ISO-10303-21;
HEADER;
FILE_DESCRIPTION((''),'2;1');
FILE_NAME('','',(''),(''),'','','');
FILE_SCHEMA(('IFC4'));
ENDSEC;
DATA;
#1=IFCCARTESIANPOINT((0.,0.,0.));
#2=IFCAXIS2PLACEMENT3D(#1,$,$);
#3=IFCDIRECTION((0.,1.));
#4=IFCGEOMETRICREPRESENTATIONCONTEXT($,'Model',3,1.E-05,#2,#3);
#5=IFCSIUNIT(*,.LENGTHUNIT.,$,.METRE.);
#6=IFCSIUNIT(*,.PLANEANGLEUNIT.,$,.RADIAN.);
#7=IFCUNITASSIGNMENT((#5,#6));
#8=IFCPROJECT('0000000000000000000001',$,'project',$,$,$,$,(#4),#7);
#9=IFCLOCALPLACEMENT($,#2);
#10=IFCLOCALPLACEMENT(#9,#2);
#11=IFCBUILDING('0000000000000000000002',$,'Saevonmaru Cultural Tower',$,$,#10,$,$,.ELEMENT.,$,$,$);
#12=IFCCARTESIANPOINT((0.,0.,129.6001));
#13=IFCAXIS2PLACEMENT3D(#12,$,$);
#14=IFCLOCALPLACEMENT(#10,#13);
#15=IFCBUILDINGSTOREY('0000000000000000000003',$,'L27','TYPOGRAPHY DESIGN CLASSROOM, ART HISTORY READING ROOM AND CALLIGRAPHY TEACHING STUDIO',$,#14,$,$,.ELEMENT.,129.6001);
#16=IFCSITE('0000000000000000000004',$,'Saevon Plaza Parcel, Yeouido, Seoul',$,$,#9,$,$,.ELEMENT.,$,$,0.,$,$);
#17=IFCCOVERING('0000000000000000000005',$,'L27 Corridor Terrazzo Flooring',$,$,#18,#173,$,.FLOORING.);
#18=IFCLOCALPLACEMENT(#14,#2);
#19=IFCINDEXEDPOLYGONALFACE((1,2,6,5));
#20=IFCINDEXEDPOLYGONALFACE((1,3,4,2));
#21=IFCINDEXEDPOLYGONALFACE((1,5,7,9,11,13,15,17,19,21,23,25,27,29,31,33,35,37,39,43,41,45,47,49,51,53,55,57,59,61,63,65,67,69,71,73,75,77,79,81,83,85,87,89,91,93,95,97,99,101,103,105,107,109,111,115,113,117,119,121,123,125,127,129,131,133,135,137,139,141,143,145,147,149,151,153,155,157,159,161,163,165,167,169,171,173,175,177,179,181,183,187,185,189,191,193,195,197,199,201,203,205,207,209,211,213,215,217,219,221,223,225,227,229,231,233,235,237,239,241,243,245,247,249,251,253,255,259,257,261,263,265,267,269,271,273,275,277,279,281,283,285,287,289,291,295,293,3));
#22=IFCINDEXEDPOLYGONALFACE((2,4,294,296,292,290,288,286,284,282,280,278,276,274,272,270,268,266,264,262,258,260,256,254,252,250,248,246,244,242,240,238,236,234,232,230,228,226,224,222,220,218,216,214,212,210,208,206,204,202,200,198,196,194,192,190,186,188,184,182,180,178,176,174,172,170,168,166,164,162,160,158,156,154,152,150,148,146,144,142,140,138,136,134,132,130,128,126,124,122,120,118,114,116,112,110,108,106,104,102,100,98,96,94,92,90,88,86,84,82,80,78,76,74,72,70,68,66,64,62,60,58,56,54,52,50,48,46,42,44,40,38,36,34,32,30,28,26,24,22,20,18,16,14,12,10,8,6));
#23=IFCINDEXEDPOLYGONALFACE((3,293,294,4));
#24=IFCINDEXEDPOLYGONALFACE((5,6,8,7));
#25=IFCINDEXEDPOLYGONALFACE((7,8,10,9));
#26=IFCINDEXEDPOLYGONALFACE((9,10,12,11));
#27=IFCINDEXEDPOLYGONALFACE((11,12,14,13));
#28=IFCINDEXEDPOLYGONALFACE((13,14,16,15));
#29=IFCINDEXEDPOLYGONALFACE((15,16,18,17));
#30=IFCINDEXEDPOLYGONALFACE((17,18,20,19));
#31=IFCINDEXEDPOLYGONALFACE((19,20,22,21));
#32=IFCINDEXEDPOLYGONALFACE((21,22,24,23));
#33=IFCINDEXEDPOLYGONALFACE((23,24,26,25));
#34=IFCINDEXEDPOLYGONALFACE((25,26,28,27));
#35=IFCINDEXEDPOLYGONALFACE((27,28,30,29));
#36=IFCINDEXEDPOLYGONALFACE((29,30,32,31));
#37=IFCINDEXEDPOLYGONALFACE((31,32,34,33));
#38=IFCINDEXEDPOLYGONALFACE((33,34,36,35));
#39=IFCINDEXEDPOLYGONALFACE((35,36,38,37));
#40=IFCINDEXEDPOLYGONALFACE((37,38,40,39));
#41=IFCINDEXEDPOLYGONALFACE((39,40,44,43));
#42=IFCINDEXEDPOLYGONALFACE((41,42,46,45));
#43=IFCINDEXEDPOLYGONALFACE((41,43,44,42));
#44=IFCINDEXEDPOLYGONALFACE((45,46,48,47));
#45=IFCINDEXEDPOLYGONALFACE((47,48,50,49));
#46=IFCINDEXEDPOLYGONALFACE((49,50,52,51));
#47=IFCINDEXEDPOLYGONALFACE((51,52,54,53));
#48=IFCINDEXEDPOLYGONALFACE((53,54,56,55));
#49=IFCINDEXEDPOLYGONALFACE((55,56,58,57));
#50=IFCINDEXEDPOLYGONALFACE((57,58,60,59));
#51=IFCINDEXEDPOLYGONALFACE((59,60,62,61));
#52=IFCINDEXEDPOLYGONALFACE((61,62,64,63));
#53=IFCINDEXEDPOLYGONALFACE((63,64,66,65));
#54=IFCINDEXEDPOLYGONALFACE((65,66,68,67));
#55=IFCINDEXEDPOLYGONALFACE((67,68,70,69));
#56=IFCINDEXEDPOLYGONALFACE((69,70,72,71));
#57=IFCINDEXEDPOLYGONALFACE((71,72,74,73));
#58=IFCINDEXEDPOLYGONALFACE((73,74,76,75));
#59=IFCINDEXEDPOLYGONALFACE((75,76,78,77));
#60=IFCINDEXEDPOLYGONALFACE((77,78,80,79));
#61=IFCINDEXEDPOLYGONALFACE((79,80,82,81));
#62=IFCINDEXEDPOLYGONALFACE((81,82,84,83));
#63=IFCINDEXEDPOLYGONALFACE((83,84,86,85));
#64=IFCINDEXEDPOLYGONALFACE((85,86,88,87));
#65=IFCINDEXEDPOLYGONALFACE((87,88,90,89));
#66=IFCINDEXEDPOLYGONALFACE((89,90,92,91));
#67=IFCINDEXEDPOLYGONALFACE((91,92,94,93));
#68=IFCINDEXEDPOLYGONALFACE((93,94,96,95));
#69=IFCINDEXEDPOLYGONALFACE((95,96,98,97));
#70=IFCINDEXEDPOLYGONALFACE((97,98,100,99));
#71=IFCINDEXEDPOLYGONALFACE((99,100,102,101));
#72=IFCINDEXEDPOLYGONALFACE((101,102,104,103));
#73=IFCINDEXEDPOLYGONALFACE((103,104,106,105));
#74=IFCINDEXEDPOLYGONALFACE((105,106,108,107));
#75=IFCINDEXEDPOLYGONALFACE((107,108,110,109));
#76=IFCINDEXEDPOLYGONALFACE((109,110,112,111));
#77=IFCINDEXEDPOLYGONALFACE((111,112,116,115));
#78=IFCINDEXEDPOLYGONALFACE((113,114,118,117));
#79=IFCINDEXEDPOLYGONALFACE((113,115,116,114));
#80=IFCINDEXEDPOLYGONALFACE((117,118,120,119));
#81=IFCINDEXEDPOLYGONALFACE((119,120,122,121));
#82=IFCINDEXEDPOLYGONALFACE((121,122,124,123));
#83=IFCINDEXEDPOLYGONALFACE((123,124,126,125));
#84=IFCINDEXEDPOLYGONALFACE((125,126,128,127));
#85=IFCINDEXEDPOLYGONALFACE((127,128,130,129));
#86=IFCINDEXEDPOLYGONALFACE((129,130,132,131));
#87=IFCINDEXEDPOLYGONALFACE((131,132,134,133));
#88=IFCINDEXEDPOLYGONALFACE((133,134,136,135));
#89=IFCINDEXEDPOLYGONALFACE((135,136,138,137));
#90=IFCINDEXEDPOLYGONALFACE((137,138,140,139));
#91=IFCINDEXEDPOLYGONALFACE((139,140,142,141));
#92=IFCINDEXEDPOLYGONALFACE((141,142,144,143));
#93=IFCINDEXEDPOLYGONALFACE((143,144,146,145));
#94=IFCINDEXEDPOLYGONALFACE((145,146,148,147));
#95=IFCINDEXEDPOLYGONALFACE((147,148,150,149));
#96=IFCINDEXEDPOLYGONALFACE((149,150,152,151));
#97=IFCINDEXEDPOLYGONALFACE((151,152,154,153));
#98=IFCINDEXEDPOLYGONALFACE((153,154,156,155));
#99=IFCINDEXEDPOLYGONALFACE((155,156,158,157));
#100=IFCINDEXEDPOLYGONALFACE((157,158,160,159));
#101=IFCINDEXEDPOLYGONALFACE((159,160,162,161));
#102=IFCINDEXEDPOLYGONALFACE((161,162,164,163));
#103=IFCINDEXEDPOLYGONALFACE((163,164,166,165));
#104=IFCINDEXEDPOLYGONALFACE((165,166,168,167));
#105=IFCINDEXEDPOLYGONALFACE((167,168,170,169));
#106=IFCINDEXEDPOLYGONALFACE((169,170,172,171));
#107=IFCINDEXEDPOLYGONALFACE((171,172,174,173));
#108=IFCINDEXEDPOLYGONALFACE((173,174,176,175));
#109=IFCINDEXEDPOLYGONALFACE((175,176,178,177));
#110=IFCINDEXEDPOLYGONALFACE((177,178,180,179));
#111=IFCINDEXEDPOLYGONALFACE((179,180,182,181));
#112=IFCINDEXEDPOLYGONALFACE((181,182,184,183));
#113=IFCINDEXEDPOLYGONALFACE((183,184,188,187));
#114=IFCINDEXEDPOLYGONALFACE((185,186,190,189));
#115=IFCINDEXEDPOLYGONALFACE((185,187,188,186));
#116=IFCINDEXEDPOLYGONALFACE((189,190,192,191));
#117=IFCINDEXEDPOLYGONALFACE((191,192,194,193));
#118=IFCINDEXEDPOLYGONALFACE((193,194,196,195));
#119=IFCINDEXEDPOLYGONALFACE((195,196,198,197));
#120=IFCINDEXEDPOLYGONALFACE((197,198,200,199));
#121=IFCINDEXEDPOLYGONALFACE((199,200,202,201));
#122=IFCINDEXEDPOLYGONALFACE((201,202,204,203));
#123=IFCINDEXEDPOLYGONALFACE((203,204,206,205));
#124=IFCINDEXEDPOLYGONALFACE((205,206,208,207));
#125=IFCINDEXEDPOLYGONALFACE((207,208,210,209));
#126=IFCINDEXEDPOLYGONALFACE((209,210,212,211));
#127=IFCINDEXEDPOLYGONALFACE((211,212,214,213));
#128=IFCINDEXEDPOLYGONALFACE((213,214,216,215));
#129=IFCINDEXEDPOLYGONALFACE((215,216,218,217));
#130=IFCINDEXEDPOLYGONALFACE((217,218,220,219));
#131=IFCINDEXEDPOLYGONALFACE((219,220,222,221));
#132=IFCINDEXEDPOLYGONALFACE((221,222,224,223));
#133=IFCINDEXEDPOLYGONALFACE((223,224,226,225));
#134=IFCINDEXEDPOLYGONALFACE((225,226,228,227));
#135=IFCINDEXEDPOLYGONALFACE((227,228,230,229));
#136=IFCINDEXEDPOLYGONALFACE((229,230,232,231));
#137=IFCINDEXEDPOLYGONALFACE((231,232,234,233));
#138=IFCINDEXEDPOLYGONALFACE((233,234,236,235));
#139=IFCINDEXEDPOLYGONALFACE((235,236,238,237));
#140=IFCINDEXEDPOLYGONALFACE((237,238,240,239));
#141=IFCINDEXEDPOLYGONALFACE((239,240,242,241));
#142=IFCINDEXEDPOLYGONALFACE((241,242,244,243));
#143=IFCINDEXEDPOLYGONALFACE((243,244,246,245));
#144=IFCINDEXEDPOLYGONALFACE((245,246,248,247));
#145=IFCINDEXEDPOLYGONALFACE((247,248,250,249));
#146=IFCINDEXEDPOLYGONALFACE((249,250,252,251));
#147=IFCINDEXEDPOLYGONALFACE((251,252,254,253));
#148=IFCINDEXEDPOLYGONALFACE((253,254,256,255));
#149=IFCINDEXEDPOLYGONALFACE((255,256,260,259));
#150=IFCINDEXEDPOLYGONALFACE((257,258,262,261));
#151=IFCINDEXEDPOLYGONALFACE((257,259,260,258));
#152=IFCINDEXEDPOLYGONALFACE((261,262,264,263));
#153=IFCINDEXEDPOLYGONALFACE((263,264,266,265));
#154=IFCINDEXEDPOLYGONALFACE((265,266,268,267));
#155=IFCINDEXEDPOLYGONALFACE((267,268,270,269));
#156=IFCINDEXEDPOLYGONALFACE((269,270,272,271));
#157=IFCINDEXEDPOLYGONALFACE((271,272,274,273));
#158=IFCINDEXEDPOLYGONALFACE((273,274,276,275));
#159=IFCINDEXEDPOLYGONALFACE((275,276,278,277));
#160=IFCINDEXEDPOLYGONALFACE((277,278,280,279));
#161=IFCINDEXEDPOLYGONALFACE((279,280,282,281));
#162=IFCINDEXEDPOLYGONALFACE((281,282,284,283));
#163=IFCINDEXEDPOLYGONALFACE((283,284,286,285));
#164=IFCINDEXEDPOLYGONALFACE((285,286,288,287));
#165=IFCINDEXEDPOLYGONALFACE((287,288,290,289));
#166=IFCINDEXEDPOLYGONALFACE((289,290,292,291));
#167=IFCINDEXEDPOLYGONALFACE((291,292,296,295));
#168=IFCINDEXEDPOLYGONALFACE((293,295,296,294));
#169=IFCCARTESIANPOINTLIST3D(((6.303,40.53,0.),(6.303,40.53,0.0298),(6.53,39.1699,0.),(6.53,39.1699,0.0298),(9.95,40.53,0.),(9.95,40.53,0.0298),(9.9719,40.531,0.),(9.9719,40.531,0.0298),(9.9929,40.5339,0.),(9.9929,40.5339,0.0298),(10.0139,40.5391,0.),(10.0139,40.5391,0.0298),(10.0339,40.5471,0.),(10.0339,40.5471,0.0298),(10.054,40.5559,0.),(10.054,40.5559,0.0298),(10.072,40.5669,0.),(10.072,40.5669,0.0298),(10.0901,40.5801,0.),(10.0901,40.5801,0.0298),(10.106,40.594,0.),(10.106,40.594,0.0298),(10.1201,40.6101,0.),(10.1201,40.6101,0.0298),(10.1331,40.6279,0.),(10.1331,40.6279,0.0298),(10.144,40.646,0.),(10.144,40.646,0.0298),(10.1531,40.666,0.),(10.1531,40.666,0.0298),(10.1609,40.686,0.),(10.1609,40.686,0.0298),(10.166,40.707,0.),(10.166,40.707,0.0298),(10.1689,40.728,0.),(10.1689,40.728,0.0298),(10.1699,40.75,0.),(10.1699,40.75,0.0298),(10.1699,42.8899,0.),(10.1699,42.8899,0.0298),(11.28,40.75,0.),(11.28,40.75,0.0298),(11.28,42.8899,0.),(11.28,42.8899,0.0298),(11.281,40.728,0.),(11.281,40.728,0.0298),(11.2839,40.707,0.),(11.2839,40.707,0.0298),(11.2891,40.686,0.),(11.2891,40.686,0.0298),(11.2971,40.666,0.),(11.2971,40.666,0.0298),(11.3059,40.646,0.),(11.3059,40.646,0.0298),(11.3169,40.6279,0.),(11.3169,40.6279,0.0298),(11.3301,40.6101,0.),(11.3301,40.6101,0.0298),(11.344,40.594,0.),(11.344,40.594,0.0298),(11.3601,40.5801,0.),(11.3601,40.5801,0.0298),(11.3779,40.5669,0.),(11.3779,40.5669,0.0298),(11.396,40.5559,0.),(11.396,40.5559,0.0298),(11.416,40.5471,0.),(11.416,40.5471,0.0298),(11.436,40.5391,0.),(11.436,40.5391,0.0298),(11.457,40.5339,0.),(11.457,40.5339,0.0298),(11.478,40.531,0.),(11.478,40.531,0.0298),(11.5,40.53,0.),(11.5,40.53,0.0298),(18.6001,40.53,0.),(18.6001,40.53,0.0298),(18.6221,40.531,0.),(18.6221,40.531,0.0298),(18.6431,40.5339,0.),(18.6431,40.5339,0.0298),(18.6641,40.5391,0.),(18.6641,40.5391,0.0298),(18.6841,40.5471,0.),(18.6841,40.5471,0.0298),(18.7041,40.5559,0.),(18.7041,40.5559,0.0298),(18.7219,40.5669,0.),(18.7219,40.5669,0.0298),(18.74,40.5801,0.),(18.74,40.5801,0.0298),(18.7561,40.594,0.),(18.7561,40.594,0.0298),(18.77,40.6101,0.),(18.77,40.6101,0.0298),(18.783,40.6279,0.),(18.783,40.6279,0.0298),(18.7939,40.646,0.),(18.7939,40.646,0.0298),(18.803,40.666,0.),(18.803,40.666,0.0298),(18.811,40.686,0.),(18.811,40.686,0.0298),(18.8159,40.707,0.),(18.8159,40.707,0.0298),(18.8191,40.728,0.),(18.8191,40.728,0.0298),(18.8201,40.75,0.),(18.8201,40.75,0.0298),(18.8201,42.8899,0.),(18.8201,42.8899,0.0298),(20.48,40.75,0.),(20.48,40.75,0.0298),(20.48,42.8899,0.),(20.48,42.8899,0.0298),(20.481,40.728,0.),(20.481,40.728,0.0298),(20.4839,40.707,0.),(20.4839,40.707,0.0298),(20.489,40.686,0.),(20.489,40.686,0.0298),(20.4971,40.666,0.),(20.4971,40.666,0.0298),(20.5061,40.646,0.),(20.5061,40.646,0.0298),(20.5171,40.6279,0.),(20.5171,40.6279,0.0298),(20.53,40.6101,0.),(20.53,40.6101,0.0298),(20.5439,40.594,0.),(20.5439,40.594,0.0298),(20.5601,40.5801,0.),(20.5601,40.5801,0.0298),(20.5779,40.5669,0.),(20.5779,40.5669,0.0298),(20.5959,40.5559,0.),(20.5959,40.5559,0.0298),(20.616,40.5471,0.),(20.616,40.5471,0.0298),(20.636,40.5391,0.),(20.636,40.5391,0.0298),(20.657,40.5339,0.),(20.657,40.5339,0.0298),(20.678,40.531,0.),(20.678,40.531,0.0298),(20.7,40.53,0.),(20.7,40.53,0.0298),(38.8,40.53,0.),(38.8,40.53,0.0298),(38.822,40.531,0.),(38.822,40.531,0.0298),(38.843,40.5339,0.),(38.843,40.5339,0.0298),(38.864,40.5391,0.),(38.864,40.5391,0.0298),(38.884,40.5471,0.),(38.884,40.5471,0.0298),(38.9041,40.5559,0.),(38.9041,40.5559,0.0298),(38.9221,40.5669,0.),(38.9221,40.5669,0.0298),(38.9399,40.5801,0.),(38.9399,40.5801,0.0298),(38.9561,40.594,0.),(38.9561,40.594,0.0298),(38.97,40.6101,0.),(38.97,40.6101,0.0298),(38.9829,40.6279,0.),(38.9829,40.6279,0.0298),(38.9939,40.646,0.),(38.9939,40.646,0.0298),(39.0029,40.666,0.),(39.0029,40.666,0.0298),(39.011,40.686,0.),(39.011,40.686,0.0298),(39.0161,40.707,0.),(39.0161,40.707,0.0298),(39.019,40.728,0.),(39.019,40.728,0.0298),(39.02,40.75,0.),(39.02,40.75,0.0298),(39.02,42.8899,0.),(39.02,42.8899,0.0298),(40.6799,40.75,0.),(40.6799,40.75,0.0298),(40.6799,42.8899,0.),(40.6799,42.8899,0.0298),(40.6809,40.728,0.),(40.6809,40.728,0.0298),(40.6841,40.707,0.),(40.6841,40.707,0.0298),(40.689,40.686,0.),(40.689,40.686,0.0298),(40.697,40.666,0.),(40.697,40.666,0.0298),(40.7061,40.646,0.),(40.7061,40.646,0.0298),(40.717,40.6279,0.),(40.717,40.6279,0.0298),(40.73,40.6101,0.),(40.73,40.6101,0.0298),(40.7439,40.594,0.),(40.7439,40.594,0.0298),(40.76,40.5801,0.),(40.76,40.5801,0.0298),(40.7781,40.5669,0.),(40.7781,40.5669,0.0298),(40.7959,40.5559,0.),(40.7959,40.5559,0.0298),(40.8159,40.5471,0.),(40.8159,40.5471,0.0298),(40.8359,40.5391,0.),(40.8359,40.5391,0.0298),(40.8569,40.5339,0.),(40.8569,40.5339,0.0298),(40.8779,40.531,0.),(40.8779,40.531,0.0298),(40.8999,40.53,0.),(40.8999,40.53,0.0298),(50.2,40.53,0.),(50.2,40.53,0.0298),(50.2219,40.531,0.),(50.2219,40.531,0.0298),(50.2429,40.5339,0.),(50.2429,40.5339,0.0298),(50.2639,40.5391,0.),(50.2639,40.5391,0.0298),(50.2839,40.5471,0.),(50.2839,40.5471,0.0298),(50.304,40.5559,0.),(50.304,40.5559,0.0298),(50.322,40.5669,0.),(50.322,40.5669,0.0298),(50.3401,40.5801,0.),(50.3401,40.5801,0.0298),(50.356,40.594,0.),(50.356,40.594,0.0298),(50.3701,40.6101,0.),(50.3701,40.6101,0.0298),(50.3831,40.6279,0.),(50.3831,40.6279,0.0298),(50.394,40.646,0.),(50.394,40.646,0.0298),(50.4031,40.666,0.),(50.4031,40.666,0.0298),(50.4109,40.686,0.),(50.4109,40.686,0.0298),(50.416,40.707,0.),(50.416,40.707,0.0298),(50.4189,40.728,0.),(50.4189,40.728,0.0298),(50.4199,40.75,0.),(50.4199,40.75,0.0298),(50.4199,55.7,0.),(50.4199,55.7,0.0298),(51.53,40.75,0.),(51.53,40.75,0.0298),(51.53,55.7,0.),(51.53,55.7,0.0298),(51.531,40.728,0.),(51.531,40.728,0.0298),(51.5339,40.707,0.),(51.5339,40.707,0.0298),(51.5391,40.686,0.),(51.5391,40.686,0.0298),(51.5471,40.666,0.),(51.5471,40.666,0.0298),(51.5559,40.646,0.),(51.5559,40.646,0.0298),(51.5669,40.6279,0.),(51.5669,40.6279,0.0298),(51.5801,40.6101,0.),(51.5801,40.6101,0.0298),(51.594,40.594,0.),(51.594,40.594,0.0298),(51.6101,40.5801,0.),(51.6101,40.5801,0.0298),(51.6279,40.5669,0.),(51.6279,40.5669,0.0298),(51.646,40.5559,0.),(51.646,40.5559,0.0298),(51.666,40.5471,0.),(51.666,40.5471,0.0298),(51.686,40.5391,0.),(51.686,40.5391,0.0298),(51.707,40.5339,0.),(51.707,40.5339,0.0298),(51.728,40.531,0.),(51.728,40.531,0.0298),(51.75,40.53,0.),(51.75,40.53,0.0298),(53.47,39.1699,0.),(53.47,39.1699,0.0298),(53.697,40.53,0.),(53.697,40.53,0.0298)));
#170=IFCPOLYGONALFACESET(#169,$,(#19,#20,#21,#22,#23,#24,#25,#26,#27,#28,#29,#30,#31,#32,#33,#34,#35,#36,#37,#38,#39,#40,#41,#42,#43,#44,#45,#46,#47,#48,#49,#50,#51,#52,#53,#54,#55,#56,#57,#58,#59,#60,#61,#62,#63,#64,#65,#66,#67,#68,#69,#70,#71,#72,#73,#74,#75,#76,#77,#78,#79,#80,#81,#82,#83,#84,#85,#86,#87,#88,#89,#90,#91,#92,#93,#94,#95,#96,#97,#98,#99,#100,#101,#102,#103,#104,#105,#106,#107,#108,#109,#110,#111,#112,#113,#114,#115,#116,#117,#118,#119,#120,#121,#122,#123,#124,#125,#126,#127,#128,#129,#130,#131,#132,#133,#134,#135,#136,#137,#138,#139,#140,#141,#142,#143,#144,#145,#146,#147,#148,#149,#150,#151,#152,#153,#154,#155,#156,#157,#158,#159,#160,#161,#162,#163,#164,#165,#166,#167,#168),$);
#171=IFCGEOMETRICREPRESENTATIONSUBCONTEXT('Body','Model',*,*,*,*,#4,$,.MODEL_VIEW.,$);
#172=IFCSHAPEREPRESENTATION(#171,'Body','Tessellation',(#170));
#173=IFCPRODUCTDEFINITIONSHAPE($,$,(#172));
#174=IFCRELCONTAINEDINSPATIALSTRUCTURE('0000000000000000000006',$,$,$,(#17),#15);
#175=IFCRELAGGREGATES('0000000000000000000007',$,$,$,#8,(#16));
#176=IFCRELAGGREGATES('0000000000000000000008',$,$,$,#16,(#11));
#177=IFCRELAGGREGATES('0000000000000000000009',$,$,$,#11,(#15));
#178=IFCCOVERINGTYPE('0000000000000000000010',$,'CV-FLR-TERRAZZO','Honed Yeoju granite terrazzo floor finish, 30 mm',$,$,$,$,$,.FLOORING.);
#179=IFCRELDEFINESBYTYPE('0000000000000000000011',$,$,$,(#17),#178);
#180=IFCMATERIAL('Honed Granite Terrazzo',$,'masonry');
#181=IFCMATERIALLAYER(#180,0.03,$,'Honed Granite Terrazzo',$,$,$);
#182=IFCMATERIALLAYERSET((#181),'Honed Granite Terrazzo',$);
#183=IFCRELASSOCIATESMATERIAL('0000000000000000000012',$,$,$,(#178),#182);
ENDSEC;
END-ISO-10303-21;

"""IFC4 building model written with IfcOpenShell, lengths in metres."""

from ifc_helpers import new_model, si_unit, direction, frame, origin, place, context, subcontext, project, spatial, polyline, outline, extrude, material, layer, layer_set, type_object, element, save


model = new_model("IFC4")

# Units and contexts
model_context = context("Model", 3, precision=1e-05, world=origin(), true_north=direction((0.0, 1.0)))
body_context = subcontext(model_context, "Body", "Model", "MODEL_VIEW")
ifc_project = project(units=[si_unit("LENGTHUNIT", "METRE"), si_unit("PLANEANGLEUNIT", "RADIAN")], contexts=[model_context])

# Site, building, storey
site_placement = place(None, origin())
site = spatial("IfcSite", under=ifc_project, at=site_placement, Name="Saevon Plaza Parcel, Yeouido, Seoul", CompositionType="ELEMENT", RefElevation=0.0)
building_placement = place(site_placement, origin())
building = spatial("IfcBuilding", under=site, at=building_placement, Name="Saevonmaru Cultural Tower", CompositionType="ELEMENT")
storey_placement = place(building_placement, frame((0.0, 0.0, 129.6001)))
storey = spatial("IfcBuildingStorey", under=building, at=storey_placement, Name="L27", Description="TYPOGRAPHY DESIGN CLASSROOM, ART HISTORY READING ROOM AND CALLIGRAPHY TEACHING STUDIO", CompositionType="ELEMENT", Elevation=129.6001)

# Covering
ifc_material_1 = material(Name="Honed Granite Terrazzo", Category="masonry")
ifc_layer_1 = layer(ifc_material_1, 0.03, Name="Honed Granite Terrazzo")
ifc_layer_set_1 = layer_set([ifc_layer_1], Name="Honed Granite Terrazzo")
covering_type_1 = type_object("IfcCoveringType", Name="CV-FLR-TERRAZZO", Description="Honed Yeoju granite terrazzo floor finish, 30 mm", PredefinedType="FLOORING", material=ifc_layer_set_1)
covering_1_placement = place(storey_placement, origin())
element("IfcCovering", 1, at=covering_1_placement, inside=storey, type_object=covering_type_1, Name="L27 Corridor Terrazzo Flooring", PredefinedType="FLOORING", context=body_context, shape_type="SweptSolid", body=[
    extrude(outline(polyline([(6.53, 39.1699), (6.303, 40.53), (9.95, 40.53), (9.9719, 40.531), (9.9929, 40.5339), (10.0139, 40.5391), (10.0339, 40.5471), (10.054, 40.5559), (10.072, 40.5669), (10.0901, 40.5801), (10.106, 40.594), (10.1201, 40.6101), (10.1331, 40.6279), (10.144, 40.646), (10.1531, 40.666), (10.1609, 40.686), (10.166, 40.707), (10.1689, 40.728), (10.1699, 40.75), (10.1699, 42.8899), (11.28, 42.8899), (11.28, 40.75), (11.281, 40.728), (11.2839, 40.707), (11.2891, 40.686), (11.2971, 40.666), (11.3059, 40.646), (11.3169, 40.6279), (11.3301, 40.6101), (11.344, 40.594), (11.3601, 40.5801), (11.3779, 40.5669), (11.396, 40.5559), (11.416, 40.5471), (11.436, 40.5391), (11.457, 40.5339), (11.478, 40.531), (11.5, 40.53), (18.6001, 40.53), (18.6221, 40.531), (18.6431, 40.5339), (18.6641, 40.5391), (18.6841, 40.5471), (18.7041, 40.5559), (18.7219, 40.5669), (18.74, 40.5801), (18.7561, 40.594), (18.77, 40.6101), (18.783, 40.6279), (18.7939, 40.646), (18.803, 40.666), (18.811, 40.686), (18.8159, 40.707), (18.8191, 40.728), (18.8201, 40.75), (18.8201, 42.8899), (20.48, 42.8899), (20.48, 40.75), (20.481, 40.728), (20.4839, 40.707), (20.489, 40.686), (20.4971, 40.666), (20.5061, 40.646), (20.5171, 40.6279), (20.53, 40.6101), (20.5439, 40.594), (20.5601, 40.5801), (20.5779, 40.5669), (20.5959, 40.5559), (20.616, 40.5471), (20.636, 40.5391), (20.657, 40.5339), (20.678, 40.531), (20.7, 40.53), (38.8, 40.53), (38.822, 40.531), (38.843, 40.5339), (38.864, 40.5391), (38.884, 40.5471), (38.9041, 40.5559), (38.9221, 40.5669), (38.9399, 40.5801), (38.9561, 40.594), (38.97, 40.6101), (38.9829, 40.6279), (38.9939, 40.646), (39.0029, 40.666), (39.011, 40.686), (39.0161, 40.707), (39.019, 40.728), (39.02, 40.75), (39.02, 42.8899), (40.6799, 42.8899), (40.6799, 40.75), (40.6809, 40.728), (40.6841, 40.707), (40.689, 40.686), (40.697, 40.666), (40.7061, 40.646), (40.717, 40.6279), (40.73, 40.6101), (40.7439, 40.594), (40.76, 40.5801), (40.7781, 40.5669), (40.7959, 40.5559), (40.8159, 40.5471), (40.8359, 40.5391), (40.8569, 40.5339), (40.8779, 40.531), (40.8999, 40.53), (50.2, 40.53), (50.2219, 40.531), (50.2429, 40.5339), (50.2639, 40.5391), (50.2839, 40.5471), (50.304, 40.5559), (50.322, 40.5669), (50.3401, 40.5801), (50.356, 40.594), (50.3701, 40.6101), (50.3831, 40.6279), (50.394, 40.646), (50.4031, 40.666), (50.4109, 40.686), (50.416, 40.707), (50.4189, 40.728), (50.4199, 40.75), (50.4199, 55.7), (51.53, 55.7), (51.53, 40.75), (51.531, 40.728), (51.5339, 40.707), (51.5391, 40.686), (51.5471, 40.666), (51.5559, 40.646), (51.5669, 40.6279), (51.5801, 40.6101), (51.594, 40.594), (51.6101, 40.5801), (51.6279, 40.5669), (51.646, 40.5559), (51.666, 40.5471), (51.686, 40.5391), (51.707, 40.5339), (51.728, 40.531), (51.75, 40.53), (53.697, 40.53), (53.47, 39.1699), (6.53, 39.1699)])), origin(), (0.0, 0.0, 1.0), 0.0298),
])

save(model, "model.ifc")
